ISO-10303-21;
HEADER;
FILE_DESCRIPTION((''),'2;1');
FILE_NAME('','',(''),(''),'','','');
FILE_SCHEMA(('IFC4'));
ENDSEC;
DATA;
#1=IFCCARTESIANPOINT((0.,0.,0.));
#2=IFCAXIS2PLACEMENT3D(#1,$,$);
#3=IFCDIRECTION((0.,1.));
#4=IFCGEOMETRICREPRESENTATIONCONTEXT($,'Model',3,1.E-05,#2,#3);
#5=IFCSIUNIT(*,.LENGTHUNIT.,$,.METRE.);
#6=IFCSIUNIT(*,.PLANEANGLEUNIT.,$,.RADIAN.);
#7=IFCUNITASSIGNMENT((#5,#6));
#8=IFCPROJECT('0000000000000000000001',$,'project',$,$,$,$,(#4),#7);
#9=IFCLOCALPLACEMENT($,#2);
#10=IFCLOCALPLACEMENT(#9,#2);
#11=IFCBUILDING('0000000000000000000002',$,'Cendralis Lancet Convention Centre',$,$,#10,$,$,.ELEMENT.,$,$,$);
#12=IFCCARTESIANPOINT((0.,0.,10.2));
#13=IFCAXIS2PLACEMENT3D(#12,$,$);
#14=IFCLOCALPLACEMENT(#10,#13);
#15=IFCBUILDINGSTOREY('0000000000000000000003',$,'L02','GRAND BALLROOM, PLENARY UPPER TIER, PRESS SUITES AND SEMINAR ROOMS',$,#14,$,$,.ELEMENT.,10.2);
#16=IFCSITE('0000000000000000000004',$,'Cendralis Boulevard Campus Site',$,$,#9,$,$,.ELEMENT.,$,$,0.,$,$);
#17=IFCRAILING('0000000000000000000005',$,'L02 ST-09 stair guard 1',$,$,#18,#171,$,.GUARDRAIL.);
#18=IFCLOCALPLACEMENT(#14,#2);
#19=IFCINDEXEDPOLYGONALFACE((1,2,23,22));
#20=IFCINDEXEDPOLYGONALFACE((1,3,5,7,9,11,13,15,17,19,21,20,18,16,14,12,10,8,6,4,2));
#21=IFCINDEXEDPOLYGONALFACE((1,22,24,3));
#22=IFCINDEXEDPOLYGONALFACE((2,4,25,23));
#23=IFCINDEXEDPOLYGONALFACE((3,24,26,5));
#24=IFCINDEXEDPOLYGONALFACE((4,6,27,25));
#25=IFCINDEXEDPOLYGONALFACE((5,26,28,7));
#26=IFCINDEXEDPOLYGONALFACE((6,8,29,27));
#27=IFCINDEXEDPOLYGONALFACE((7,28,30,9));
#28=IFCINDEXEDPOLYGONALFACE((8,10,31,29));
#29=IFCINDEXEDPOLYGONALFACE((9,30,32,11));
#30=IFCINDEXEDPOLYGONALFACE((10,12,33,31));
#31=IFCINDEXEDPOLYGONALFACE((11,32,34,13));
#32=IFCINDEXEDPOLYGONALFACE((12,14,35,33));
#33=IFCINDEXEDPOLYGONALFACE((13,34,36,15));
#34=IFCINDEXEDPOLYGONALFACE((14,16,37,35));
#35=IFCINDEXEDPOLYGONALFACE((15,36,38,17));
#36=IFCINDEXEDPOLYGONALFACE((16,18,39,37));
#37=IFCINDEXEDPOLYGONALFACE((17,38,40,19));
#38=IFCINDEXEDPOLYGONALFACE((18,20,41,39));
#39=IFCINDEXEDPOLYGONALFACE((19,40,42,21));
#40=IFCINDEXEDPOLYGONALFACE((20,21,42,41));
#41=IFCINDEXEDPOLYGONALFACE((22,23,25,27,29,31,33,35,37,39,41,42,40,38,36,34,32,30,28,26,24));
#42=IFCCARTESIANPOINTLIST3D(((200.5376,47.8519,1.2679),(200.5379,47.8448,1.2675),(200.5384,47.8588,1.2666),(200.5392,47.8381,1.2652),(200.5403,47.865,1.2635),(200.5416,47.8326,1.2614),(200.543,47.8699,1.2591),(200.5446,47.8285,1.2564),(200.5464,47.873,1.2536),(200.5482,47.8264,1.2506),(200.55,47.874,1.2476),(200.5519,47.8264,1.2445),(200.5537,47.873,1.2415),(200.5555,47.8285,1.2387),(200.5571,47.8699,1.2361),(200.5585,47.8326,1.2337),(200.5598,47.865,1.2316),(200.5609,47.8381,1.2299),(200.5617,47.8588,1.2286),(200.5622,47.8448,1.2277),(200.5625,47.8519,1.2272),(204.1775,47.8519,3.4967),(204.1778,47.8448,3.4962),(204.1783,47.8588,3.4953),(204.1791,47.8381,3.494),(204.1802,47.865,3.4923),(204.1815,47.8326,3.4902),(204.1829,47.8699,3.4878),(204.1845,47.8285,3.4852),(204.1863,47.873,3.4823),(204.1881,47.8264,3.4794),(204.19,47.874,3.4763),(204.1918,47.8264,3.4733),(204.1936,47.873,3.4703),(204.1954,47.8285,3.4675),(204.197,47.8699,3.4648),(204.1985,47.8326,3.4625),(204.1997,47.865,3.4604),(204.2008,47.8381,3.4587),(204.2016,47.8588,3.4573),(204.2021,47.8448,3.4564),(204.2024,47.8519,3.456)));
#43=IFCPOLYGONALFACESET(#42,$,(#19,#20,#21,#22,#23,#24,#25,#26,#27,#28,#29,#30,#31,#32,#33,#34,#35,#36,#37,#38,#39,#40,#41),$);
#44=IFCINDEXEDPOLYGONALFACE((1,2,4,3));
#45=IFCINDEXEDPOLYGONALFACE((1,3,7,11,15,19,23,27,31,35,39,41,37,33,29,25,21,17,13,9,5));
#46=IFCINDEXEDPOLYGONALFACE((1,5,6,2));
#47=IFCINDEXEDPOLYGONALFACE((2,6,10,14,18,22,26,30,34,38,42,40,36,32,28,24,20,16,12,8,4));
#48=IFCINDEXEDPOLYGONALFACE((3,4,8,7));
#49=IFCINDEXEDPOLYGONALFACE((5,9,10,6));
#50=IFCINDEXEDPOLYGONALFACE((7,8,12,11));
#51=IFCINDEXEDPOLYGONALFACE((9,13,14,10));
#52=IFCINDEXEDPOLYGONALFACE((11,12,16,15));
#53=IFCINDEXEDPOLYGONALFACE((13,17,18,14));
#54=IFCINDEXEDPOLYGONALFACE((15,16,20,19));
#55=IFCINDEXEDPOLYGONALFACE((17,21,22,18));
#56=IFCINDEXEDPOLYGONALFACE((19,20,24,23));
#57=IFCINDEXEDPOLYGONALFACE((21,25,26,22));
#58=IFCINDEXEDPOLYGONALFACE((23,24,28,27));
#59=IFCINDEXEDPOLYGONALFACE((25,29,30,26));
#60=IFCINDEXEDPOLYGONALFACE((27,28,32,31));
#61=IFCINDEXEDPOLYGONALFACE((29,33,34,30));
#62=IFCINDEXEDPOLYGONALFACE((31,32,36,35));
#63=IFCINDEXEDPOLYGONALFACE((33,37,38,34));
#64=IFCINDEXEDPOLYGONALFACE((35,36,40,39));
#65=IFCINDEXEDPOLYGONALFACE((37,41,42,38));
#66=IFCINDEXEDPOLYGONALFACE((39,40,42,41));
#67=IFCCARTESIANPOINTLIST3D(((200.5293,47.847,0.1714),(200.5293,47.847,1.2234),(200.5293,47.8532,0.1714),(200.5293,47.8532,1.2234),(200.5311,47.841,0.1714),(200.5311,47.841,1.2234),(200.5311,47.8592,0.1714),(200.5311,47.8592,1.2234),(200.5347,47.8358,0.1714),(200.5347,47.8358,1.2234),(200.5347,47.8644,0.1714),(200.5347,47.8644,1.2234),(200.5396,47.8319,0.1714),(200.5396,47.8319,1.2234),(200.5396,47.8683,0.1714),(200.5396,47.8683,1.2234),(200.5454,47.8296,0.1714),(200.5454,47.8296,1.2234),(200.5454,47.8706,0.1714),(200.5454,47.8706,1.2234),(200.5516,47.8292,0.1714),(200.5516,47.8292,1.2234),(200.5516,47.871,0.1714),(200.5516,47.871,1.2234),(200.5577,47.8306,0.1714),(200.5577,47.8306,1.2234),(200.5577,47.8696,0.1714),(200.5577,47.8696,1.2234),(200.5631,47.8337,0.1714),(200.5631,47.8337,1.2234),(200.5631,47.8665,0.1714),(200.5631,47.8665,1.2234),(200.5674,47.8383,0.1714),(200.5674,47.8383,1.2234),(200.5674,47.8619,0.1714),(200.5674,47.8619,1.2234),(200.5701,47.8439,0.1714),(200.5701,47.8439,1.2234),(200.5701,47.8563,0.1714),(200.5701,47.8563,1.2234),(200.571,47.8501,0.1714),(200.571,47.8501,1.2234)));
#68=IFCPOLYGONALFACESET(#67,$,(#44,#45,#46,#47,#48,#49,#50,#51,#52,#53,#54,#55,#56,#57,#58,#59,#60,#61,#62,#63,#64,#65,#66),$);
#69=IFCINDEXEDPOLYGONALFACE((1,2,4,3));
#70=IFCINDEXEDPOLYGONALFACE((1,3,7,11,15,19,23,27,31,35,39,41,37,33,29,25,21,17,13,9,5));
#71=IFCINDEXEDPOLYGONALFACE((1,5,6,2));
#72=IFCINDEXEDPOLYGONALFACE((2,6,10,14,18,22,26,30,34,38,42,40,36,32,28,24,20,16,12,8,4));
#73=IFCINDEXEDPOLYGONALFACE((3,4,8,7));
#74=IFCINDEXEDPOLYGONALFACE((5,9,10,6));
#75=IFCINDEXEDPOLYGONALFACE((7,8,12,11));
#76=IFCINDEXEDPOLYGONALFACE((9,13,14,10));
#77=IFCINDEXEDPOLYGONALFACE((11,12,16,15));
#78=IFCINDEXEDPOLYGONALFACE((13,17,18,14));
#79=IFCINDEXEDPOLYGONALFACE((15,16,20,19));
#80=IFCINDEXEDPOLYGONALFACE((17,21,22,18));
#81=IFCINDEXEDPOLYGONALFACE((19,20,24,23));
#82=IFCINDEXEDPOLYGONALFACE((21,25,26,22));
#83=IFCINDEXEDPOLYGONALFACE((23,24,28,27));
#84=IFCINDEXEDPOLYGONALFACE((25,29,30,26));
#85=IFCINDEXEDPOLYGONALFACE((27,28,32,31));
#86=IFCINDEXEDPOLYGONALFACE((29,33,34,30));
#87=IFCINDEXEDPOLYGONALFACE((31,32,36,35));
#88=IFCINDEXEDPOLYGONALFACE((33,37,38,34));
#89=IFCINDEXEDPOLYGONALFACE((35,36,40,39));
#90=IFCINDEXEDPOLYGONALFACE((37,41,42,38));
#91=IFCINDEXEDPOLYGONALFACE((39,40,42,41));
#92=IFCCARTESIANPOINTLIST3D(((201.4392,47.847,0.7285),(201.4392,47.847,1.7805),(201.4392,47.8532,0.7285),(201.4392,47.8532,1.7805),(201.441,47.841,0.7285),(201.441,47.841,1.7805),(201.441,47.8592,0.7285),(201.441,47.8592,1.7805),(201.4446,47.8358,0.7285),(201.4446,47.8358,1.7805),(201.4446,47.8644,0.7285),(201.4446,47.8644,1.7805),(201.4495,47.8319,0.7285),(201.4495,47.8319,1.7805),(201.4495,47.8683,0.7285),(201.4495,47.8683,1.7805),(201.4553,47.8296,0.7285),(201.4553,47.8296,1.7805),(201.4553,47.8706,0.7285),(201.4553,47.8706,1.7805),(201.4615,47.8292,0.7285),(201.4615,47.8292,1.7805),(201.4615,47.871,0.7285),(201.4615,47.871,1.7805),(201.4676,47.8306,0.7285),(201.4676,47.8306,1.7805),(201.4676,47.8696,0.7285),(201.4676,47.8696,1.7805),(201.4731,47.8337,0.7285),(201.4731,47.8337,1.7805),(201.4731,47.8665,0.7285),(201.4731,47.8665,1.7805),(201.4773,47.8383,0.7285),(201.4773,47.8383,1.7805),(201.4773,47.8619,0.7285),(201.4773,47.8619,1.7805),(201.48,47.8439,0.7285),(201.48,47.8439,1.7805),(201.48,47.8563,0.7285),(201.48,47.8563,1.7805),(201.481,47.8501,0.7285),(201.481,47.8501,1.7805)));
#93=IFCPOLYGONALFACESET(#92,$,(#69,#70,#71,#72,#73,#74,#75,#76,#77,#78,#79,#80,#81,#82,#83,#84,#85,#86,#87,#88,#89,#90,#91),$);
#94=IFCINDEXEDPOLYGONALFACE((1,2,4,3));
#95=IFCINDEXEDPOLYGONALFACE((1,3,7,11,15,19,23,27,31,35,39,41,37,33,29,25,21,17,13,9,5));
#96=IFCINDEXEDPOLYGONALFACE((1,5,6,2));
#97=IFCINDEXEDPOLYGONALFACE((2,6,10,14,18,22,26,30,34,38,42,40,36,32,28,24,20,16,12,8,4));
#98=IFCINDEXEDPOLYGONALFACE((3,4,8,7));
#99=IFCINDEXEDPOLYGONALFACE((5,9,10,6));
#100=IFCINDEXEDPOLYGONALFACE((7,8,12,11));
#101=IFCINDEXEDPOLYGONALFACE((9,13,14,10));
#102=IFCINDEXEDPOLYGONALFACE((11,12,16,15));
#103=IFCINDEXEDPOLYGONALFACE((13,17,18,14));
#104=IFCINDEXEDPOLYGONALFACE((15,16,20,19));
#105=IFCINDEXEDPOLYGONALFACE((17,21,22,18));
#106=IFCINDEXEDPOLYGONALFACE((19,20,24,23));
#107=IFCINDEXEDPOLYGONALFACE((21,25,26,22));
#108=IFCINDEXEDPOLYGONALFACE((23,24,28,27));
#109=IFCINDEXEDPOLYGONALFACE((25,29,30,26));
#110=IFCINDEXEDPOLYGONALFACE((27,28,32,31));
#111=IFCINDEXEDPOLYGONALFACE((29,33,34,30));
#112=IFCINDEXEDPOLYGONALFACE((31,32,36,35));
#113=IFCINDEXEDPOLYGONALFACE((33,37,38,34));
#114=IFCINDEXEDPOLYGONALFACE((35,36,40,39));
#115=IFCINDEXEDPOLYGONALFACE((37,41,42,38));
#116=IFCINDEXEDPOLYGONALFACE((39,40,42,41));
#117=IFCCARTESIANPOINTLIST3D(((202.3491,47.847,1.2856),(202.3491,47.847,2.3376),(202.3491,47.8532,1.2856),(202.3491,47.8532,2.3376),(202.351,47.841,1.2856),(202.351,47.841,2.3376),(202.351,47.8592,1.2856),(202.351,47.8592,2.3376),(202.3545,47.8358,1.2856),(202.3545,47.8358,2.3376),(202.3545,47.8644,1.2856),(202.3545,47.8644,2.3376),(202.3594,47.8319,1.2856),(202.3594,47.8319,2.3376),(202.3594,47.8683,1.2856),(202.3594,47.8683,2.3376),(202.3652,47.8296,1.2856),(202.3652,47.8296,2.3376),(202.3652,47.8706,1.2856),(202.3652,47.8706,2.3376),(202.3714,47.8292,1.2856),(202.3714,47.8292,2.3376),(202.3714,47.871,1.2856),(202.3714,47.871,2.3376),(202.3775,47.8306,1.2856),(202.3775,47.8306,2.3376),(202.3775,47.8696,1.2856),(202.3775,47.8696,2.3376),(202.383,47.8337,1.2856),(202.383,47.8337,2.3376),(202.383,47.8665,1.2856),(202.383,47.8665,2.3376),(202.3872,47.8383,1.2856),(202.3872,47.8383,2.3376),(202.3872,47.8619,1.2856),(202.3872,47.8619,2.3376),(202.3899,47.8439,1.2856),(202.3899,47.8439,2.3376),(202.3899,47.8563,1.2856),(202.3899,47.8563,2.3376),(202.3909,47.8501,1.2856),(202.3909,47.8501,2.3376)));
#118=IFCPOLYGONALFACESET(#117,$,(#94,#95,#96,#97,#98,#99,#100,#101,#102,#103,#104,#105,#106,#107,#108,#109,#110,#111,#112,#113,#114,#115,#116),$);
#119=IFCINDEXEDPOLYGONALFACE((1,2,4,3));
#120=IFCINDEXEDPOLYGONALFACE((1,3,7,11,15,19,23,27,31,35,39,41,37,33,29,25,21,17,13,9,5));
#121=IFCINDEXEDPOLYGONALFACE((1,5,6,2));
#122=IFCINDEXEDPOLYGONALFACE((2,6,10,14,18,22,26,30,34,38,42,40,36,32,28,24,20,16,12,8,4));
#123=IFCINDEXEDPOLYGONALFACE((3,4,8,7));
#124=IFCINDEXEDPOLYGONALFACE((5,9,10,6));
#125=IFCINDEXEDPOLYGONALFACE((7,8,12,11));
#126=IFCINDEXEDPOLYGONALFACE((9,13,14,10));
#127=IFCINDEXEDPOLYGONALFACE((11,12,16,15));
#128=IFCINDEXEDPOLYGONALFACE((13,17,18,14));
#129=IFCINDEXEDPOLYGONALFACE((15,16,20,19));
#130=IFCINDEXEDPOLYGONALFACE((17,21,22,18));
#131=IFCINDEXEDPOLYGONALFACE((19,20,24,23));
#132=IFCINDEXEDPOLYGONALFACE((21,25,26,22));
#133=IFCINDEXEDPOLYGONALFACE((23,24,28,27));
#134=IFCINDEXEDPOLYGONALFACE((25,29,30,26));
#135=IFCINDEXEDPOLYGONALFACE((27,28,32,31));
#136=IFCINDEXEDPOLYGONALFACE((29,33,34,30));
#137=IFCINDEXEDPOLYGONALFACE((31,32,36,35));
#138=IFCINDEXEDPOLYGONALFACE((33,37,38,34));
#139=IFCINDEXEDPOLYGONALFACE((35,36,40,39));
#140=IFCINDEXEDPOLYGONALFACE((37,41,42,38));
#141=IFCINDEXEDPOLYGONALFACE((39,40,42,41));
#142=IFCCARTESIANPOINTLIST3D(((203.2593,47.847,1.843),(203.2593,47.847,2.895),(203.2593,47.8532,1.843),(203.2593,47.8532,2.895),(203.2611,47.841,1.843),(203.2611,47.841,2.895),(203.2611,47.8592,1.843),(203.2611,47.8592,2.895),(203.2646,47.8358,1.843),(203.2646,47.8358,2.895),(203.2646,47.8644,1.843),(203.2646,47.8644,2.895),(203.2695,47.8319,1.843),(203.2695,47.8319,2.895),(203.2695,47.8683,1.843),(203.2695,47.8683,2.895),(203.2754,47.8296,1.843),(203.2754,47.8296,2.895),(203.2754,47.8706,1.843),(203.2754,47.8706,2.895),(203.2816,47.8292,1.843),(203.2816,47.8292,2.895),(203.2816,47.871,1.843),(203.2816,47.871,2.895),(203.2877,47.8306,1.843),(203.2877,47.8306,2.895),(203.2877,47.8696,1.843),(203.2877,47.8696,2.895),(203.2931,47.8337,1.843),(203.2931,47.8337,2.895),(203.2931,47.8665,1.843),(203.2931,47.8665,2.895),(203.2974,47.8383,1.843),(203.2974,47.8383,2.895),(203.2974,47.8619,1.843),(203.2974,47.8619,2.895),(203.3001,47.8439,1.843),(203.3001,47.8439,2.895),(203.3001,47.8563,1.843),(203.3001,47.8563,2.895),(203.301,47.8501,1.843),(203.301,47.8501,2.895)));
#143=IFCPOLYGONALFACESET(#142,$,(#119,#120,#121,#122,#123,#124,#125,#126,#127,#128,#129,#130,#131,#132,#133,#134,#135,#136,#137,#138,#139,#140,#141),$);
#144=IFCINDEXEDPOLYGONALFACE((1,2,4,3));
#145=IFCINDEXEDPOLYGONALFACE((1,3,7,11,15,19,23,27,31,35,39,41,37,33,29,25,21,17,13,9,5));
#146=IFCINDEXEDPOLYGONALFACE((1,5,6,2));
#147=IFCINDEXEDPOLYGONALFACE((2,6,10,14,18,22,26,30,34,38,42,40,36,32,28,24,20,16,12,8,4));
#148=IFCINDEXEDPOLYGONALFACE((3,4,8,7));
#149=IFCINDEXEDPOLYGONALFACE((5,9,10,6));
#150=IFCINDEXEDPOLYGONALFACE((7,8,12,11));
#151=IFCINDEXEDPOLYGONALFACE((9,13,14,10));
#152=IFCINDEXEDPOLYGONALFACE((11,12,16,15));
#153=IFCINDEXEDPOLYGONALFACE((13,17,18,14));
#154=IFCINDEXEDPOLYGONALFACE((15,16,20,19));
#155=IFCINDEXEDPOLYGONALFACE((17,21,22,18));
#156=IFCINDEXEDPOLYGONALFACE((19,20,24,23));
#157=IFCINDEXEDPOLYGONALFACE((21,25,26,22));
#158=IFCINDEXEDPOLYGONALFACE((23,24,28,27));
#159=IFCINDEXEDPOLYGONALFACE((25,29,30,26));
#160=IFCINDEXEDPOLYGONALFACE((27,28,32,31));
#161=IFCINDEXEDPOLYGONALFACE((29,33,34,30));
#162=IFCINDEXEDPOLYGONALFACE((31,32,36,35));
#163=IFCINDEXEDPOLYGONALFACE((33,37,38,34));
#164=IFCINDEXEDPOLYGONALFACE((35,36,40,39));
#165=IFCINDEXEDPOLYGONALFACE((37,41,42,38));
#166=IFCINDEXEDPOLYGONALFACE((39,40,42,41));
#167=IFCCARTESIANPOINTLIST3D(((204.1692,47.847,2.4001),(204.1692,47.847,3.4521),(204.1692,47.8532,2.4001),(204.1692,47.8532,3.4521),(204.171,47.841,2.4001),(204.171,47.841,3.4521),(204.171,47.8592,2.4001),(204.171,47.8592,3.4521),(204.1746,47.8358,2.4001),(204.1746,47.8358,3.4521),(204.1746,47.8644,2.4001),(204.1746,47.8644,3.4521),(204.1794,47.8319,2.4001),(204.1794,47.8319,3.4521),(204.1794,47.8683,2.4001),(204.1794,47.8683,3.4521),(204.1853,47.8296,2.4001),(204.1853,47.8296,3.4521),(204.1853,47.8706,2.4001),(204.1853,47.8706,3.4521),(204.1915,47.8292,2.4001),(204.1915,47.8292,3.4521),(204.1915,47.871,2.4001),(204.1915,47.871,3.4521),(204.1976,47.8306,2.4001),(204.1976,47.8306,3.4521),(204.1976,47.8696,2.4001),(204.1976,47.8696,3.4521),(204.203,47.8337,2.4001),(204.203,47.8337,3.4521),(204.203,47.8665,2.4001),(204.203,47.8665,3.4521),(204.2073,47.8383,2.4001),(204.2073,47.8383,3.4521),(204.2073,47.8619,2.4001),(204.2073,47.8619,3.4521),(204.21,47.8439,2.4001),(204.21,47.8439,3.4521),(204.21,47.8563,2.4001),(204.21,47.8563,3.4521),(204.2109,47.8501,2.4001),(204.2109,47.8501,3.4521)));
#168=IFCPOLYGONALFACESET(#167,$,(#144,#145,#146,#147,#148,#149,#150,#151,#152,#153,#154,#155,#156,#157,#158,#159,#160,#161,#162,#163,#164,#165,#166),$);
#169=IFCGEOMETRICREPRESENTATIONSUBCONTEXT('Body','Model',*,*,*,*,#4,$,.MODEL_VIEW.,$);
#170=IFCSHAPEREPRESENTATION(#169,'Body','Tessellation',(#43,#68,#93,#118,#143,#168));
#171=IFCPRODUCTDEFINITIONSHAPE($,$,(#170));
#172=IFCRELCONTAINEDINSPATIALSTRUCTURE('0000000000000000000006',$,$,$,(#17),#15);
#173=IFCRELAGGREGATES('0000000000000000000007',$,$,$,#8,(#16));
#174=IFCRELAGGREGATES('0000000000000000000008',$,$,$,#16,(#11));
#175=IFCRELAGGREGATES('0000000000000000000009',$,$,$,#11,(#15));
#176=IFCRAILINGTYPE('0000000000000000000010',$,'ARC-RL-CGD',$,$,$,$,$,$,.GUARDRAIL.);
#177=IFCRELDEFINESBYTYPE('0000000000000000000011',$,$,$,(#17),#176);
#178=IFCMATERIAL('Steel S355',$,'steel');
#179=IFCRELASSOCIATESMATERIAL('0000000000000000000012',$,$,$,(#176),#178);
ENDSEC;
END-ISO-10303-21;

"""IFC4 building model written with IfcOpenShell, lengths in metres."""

from ifc_helpers import new_model, si_unit, direction, frame, origin, origin_2d, place, context, subcontext, project, spatial, circle, extrude, material, type_object, element, save


model = new_model("IFC4")

# Units and contexts
model_context = context("Model", 3, precision=1e-05, world=origin(), true_north=direction((0.0, 1.0)))
body_context = subcontext(model_context, "Body", "Model", "MODEL_VIEW")
ifc_project = project(units=[si_unit("LENGTHUNIT", "METRE"), si_unit("PLANEANGLEUNIT", "RADIAN")], contexts=[model_context])

# Site, building, storey
site_placement = place(None, origin())
site = spatial("IfcSite", under=ifc_project, at=site_placement, Name="Cendralis Boulevard Campus Site", CompositionType="ELEMENT", RefElevation=0.0)
building_placement = place(site_placement, origin())
building = spatial("IfcBuilding", under=site, at=building_placement, Name="Cendralis Lancet Convention Centre", CompositionType="ELEMENT")
storey_placement = place(building_placement, frame((0.0, 0.0, 10.2)))
storey = spatial("IfcBuildingStorey", under=building, at=storey_placement, Name="L02", Description="GRAND BALLROOM, PLENARY UPPER TIER, PRESS SUITES AND SEMINAR ROOMS", CompositionType="ELEMENT", Elevation=10.2)

# Shared definitions
ifc_material_1 = material(Name="Steel S355", Category="steel")

# Railing
railing_type_1 = type_object("IfcRailingType", Name="ARC-RL-CGD", PredefinedType="GUARDRAIL", material=ifc_material_1)
railing_1_placement = place(storey_placement, frame((200.55, 47.8501, 0.1714)))
element("IfcRailing", 1, at=railing_1_placement, inside=storey, type_object=railing_type_1, Name="L02 ST-09 stair guard 1", PredefinedType="GUARDRAIL", context=body_context, shape_type="SweptSolid", body=[
    extrude(circle(Radius=0.0239, at=origin_2d()), frame((0.0, 0.0, 1.0762), z_axis=(0.852825, 0.0, 0.522197), x_axis=(0.0, 1.0, 0.0)), (0.0, 0.0, 1.0), 4.2681),
    extrude(circle(Radius=0.021, at=origin_2d()), origin(), (0.0, 0.0, 1.0), 1.052),
    extrude(circle(Radius=0.021, at=origin_2d()), frame((0.9099, 0.0, 0.5571)), (0.0, 0.0, 1.0), 1.052),
    extrude(circle(Radius=0.021, at=origin_2d()), frame((1.8198, 0.0, 1.1143)), (0.0, 0.0, 1.0), 1.052),
    extrude(circle(Radius=0.021, at=origin_2d()), frame((2.73, 0.0, 1.6716)), (0.0, 0.0, 1.0), 1.052),
    extrude(circle(Radius=0.021, at=origin_2d()), frame((3.6399, 0.0, 2.2288)), (0.0, 0.0, 1.0), 1.052),
])

save(model, "model.ifc")
